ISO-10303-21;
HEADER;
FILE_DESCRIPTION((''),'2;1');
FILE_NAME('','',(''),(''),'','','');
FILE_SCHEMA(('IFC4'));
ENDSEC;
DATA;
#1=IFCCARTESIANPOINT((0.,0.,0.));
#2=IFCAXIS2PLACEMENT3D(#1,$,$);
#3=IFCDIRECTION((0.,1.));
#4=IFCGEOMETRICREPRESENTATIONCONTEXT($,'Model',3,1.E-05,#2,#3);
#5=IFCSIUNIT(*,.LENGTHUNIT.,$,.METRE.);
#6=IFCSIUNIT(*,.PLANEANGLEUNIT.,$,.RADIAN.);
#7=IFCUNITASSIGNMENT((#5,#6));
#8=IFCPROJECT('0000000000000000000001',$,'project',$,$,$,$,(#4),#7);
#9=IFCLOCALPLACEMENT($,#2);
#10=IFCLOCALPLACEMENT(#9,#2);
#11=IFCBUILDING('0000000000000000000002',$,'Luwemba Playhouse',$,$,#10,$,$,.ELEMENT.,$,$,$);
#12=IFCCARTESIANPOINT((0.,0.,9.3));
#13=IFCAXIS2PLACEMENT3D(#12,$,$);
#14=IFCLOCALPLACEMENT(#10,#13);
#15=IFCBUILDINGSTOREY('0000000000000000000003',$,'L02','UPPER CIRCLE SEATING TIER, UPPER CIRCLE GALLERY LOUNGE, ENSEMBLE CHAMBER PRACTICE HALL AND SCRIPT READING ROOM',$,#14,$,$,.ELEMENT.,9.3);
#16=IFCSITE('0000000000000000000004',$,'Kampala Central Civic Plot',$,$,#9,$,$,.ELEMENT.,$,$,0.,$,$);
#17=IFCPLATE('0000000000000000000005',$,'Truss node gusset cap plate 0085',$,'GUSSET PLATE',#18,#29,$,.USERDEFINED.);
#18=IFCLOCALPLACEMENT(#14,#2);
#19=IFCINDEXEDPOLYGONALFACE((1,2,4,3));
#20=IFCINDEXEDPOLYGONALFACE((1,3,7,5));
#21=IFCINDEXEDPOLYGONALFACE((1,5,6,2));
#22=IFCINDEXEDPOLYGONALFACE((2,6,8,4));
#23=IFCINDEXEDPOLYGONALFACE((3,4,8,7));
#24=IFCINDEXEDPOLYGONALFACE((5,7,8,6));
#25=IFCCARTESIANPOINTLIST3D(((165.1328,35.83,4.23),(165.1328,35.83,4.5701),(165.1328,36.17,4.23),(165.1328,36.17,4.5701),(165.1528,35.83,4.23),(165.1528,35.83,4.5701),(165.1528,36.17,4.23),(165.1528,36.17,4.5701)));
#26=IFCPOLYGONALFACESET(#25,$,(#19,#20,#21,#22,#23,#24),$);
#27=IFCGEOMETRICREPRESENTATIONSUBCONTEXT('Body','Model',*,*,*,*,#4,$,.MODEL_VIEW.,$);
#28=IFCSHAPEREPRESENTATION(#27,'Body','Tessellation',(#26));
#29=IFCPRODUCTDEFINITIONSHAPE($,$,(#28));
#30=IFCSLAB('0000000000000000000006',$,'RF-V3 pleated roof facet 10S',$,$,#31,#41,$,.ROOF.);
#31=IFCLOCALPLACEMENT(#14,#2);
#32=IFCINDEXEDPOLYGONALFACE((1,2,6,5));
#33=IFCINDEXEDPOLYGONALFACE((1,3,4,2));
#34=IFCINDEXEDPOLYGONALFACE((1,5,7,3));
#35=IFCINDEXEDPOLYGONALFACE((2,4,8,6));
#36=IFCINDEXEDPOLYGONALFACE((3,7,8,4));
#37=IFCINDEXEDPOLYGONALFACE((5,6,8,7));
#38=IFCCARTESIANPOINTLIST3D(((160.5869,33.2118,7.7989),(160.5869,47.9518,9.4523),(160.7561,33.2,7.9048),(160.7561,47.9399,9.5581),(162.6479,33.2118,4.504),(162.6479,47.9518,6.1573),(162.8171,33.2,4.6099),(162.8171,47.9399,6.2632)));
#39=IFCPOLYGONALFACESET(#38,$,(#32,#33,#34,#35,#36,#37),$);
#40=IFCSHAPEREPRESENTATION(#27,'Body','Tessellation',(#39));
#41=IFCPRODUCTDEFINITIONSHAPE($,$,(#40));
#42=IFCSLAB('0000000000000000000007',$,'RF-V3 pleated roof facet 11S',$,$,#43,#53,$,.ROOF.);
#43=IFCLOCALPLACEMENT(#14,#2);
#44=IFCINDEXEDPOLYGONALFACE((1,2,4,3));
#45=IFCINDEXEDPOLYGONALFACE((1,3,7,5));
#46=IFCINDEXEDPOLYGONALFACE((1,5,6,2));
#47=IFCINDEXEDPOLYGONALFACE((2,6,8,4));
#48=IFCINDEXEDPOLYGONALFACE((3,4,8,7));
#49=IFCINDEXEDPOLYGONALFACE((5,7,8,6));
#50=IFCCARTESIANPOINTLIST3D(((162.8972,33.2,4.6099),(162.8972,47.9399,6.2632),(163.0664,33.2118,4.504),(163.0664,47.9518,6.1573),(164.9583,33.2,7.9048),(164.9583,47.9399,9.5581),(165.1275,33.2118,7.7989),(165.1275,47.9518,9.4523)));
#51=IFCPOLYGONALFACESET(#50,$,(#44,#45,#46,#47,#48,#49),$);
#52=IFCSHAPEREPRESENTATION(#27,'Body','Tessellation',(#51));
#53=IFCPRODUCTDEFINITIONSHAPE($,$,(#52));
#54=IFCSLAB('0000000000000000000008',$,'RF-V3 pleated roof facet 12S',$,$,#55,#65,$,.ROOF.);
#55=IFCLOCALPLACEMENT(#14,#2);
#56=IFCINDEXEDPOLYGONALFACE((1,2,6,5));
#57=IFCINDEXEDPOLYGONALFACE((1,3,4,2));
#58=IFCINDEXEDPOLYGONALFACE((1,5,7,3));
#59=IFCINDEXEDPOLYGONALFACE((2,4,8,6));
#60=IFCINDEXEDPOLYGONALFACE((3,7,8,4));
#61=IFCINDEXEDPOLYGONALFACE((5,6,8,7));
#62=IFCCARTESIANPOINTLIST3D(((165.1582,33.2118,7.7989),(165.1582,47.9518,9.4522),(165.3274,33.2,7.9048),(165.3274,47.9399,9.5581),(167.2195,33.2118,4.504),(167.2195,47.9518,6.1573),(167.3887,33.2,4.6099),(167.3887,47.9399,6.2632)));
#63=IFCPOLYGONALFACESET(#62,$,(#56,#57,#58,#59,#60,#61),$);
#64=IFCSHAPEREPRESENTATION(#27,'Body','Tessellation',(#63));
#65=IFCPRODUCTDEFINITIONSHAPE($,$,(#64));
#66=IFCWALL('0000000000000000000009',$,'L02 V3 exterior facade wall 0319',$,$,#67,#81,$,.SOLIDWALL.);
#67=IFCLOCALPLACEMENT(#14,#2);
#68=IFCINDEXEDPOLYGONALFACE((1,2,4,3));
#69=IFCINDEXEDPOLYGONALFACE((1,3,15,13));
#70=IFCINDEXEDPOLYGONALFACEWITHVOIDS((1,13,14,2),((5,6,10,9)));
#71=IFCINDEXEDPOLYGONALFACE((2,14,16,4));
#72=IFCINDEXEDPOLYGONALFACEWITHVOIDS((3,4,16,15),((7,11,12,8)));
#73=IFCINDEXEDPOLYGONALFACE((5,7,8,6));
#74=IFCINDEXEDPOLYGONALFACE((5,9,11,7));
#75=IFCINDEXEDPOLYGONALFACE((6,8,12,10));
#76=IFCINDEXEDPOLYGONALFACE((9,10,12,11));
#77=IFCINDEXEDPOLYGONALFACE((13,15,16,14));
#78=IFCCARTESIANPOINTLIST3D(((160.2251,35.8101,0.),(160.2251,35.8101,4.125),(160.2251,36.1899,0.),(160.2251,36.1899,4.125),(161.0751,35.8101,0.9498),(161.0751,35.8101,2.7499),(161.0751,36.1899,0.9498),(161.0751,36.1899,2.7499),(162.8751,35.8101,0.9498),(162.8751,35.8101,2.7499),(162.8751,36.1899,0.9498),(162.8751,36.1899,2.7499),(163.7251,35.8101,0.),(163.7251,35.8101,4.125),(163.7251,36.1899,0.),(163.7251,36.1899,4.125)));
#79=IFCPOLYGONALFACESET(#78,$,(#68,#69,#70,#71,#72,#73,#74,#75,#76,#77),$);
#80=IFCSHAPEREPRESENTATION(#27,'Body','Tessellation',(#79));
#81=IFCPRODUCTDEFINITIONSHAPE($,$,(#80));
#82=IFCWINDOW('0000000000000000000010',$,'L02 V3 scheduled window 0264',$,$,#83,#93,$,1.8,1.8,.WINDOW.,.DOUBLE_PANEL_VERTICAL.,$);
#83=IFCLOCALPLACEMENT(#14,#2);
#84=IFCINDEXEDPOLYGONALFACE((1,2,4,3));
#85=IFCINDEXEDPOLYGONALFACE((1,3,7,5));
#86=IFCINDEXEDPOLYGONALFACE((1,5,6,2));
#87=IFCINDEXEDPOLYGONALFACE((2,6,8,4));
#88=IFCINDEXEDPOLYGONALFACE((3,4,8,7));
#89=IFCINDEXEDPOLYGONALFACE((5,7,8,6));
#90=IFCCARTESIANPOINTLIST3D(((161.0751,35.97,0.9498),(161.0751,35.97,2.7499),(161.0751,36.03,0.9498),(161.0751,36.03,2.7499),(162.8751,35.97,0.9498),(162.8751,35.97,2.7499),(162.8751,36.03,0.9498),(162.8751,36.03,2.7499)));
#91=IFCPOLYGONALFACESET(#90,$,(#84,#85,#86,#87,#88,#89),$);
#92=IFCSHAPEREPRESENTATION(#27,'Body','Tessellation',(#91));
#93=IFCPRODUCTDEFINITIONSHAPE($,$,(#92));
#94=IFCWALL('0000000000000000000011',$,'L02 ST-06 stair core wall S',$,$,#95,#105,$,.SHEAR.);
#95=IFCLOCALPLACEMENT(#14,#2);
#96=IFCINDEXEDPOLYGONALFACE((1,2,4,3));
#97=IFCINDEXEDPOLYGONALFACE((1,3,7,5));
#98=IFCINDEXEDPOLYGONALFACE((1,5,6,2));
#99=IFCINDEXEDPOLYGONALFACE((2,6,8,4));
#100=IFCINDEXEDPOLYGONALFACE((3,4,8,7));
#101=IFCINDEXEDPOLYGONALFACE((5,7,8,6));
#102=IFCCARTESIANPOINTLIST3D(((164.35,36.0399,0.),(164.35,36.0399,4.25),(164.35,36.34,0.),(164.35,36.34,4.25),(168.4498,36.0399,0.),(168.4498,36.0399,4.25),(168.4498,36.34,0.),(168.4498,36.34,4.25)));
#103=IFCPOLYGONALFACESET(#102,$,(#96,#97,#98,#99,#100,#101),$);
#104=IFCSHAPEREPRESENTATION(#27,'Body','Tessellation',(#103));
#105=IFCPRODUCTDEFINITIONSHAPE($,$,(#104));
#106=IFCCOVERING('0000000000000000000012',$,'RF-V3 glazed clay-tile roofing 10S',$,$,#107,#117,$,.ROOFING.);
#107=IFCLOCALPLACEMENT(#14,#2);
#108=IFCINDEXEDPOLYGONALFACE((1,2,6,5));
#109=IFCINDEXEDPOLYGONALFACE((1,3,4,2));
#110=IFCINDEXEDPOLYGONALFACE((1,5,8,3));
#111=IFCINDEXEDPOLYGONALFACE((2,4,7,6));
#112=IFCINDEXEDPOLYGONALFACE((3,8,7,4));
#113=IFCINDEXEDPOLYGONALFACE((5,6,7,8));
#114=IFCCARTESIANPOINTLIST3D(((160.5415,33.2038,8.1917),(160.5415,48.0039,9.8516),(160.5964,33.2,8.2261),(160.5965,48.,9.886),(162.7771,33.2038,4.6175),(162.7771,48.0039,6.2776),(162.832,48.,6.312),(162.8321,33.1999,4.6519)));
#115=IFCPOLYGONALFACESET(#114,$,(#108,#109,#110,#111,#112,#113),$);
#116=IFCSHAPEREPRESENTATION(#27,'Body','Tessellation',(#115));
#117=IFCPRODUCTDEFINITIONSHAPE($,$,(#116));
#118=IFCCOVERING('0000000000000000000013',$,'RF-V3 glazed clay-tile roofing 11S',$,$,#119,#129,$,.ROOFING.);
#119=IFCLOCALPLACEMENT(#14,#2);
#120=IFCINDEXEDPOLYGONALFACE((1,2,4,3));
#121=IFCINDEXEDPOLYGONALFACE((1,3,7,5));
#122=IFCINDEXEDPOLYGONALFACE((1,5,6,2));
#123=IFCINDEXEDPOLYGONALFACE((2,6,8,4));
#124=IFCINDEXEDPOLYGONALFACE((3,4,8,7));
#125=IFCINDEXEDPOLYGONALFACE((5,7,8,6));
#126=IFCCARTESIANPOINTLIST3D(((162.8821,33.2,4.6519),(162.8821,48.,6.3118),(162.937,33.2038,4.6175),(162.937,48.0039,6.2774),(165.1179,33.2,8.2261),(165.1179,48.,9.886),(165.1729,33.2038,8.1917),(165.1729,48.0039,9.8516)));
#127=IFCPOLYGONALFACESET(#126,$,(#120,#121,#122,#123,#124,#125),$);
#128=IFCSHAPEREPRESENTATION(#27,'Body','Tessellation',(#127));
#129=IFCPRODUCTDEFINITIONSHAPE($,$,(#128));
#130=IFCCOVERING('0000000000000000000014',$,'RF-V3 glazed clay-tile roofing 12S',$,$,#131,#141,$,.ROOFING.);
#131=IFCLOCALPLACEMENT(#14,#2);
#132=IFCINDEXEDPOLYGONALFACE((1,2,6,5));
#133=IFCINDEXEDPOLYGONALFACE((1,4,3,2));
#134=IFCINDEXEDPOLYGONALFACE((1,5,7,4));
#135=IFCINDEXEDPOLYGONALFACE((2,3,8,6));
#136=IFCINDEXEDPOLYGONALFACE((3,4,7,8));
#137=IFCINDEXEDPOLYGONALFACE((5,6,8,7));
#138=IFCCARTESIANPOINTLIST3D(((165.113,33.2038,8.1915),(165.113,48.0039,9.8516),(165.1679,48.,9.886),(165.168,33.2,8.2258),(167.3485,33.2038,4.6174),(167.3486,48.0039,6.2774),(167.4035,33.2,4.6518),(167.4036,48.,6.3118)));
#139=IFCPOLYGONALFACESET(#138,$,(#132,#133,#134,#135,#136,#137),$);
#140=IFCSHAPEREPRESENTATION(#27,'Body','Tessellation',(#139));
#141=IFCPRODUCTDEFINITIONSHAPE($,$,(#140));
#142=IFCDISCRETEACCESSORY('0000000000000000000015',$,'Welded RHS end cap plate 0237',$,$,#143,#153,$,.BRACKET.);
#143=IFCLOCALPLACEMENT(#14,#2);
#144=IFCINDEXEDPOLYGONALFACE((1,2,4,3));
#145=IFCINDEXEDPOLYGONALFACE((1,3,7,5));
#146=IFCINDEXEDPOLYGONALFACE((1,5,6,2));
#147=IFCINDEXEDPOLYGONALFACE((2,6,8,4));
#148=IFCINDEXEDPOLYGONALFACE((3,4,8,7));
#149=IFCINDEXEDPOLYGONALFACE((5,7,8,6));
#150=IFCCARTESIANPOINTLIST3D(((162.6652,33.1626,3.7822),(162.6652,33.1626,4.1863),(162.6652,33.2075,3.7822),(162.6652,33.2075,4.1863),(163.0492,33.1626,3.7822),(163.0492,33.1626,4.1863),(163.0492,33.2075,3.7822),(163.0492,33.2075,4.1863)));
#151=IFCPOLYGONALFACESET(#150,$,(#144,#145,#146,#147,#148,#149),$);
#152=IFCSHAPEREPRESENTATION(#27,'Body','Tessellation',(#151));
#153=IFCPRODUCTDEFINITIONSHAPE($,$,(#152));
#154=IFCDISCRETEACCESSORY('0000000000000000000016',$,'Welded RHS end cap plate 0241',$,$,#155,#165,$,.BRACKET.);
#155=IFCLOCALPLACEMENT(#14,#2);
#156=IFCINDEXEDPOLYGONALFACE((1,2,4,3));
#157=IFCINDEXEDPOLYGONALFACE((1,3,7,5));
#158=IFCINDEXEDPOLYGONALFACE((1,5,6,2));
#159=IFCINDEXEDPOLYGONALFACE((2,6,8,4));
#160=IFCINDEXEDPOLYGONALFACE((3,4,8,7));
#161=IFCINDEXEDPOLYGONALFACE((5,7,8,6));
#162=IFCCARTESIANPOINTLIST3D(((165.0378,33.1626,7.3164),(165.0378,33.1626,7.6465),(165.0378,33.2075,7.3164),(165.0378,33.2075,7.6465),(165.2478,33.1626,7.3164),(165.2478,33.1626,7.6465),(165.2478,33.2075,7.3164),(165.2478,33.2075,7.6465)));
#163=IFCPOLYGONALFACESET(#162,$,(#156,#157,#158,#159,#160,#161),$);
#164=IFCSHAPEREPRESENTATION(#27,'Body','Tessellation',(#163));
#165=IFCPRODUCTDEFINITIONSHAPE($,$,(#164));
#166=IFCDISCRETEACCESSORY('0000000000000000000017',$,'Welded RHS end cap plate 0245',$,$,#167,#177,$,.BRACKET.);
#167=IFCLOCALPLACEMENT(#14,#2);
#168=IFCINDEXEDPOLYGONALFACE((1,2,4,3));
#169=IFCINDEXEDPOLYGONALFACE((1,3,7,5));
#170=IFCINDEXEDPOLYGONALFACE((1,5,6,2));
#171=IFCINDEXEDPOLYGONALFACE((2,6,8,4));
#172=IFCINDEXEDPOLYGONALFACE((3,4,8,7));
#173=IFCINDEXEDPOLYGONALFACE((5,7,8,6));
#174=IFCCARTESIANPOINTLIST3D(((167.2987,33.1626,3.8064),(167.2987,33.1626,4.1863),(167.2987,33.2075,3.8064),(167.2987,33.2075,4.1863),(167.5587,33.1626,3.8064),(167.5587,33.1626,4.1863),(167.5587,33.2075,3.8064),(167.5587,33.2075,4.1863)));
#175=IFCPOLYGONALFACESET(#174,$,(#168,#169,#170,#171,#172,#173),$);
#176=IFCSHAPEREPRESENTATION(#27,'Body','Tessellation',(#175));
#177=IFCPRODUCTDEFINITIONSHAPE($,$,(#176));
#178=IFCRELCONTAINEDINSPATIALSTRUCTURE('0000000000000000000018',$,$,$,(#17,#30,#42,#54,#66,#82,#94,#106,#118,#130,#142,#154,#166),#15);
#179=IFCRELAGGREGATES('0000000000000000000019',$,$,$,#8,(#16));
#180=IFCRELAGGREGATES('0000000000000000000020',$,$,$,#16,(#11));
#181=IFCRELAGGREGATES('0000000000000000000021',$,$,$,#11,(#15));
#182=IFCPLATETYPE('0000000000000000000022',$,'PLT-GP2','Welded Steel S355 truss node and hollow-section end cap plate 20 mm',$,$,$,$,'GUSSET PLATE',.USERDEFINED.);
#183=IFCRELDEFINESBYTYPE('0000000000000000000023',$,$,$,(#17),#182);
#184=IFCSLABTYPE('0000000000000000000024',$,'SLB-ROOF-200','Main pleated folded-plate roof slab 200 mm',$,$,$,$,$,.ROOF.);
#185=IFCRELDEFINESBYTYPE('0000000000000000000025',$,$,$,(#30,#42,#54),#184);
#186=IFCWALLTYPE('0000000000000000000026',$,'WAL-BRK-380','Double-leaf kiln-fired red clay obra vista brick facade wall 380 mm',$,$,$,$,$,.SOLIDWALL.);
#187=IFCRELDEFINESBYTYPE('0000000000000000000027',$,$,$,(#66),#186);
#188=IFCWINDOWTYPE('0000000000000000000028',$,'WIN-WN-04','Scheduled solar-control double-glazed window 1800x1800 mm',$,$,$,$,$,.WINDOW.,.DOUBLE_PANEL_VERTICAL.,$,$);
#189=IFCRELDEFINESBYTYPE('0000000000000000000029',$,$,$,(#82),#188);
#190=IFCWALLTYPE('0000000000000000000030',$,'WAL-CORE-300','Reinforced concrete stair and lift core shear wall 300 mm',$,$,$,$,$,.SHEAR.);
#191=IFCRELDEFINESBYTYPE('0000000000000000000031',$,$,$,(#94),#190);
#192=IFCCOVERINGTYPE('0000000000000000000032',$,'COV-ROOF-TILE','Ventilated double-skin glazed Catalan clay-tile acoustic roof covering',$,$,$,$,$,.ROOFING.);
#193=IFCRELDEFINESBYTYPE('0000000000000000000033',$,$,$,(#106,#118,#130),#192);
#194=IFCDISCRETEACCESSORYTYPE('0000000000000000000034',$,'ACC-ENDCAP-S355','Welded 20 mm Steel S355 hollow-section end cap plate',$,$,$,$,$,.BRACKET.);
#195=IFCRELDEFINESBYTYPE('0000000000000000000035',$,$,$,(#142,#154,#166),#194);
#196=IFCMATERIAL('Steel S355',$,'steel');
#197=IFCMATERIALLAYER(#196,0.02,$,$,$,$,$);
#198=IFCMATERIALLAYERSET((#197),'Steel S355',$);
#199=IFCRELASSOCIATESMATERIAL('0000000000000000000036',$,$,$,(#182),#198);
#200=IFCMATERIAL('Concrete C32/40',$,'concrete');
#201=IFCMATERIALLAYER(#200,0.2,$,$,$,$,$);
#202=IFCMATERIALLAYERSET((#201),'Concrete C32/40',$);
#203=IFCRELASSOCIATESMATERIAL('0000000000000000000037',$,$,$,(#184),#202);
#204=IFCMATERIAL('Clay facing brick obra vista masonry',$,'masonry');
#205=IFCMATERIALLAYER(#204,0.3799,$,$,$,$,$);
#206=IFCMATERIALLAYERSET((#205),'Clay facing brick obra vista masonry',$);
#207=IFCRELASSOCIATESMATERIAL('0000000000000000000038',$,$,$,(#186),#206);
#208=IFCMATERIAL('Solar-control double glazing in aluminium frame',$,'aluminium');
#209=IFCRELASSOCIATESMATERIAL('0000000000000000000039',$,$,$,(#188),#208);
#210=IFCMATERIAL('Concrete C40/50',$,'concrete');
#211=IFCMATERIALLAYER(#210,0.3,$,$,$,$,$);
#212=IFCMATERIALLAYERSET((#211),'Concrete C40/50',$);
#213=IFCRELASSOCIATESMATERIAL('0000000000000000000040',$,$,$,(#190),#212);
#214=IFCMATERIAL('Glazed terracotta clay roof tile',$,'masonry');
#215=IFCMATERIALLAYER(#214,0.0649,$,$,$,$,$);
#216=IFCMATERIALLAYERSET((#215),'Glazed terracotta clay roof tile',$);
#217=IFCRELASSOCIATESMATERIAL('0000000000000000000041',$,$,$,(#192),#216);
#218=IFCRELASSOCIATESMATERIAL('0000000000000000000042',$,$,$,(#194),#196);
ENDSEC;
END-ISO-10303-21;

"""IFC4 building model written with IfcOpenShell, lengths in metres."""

from ifc_helpers import new_model, si_unit, direction, frame, frame_2d, origin, origin_2d, place, context, subcontext, project, spatial, polyline, rectangle, outline, extrude, material, layer, layer_set, type_object, element, fill, save


model = new_model("IFC4")

# Units and contexts
model_context = context("Model", 3, precision=1e-05, world=origin(), true_north=direction((0.0, 1.0)))
body_context = subcontext(model_context, "Body", "Model", "MODEL_VIEW")
ifc_project = project(units=[si_unit("LENGTHUNIT", "METRE"), si_unit("PLANEANGLEUNIT", "RADIAN")], contexts=[model_context])

# Site, building, storey
site_placement = place(None, origin())
site = spatial("IfcSite", under=ifc_project, at=site_placement, Name="Kampala Central Civic Plot", CompositionType="ELEMENT", RefElevation=0.0)
building_placement = place(site_placement, origin())
building = spatial("IfcBuilding", under=site, at=building_placement, Name="Luwemba Playhouse", CompositionType="ELEMENT")
storey_placement = place(building_placement, frame((0.0, 0.0, 9.3)))
storey = spatial("IfcBuildingStorey", under=building, at=storey_placement, Name="L02", Description="UPPER CIRCLE SEATING TIER, UPPER CIRCLE GALLERY LOUNGE, ENSEMBLE CHAMBER PRACTICE HALL AND SCRIPT READING ROOM", CompositionType="ELEMENT", Elevation=9.3)

# Shared definitions
ifc_material_1 = material(Name="Concrete C40/50", Category="concrete")

# Shared definitions
ifc_material_2 = material(Name="Steel S355", Category="steel")

# Plate
ifc_layer_1 = layer(ifc_material_2, 0.02)
ifc_layer_set_1 = layer_set([ifc_layer_1], Name="Steel S355")
plate_type = type_object("IfcPlateType", Name="PLT-GP2", Description="Welded Steel S355 truss node and hollow-section end cap plate 20 mm", ElementType="GUSSET PLATE", PredefinedType="USERDEFINED", material=ifc_layer_set_1)
plate_placement = place(storey_placement, frame((165.1428, 36.0, 4.23), z_axis=(0.0, 0.0, 1.0), x_axis=(1.0, 0.0, 0.0)))
element("IfcPlate", 1, at=plate_placement, inside=storey, type_object=plate_type, Name="Truss node gusset cap plate 0085", ObjectType="GUSSET PLATE", PredefinedType="USERDEFINED", context=body_context, shape_type="SweptSolid", body=[
    extrude(rectangle(XDim=0.02, YDim=0.3401, at=origin_2d()), origin(), (0.0, 0.0, 1.0), 0.3401),
])

# Slabs
ifc_material_3 = material(Name="Concrete C32/40", Category="concrete")
ifc_layer_2 = layer(ifc_material_3, 0.2)
ifc_layer_set_2 = layer_set([ifc_layer_2], Name="Concrete C32/40")
slab_type = type_object("IfcSlabType", Name="SLB-ROOF-200", Description="Main pleated folded-plate roof slab 200 mm", PredefinedType="ROOF", material=ifc_layer_set_2)
slab_1_placement = place(storey_placement, frame((160.7561, 33.2, 7.9048), z_axis=(0.846305, -0.059378, 0.529379), x_axis=(0.530315, 0.0, -0.847801)))
element("IfcSlab", 2, at=slab_1_placement, inside=storey, type_object=slab_type, Name="RF-V3 pleated roof facet 10S", PredefinedType="ROOF", context=body_context, shape_type="SweptSolid", body=[
    extrude(outline(polyline([(0.0, 0.0), (3.8864, 0.0), (2.4847, 14.766), (-1.4017, 14.766), (0.0, 0.0)])), origin(), (0.0, 0.0, -1.0), 0.2),
])
slab_2_placement = place(storey_placement, frame((162.8972, 33.2, 4.6099), z_axis=(-0.846305, -0.059378, 0.529379), x_axis=(0.530315, 0.0, 0.847801)))
element("IfcSlab", 3, at=slab_2_placement, inside=storey, type_object=slab_type, Name="RF-V3 pleated roof facet 11S", PredefinedType="ROOF", context=body_context, shape_type="SweptSolid", body=[
    extrude(outline(polyline([(0.0, 0.0), (3.8864, 0.0), (5.2881, 14.766), (1.4017, 14.766), (0.0, 0.0)])), origin(), (0.0, 0.0, -1.0), 0.2),
])
slab_3_placement = place(storey_placement, frame((165.3274, 33.2, 7.9048), z_axis=(0.846276, -0.059383, 0.529424), x_axis=(0.53036, 0.0, -0.847772)))
element("IfcSlab", 4, at=slab_3_placement, inside=storey, type_object=slab_type, Name="RF-V3 pleated roof facet 12S", PredefinedType="ROOF", context=body_context, shape_type="SweptSolid", body=[
    extrude(outline(polyline([(0.0, 0.0), (3.8866, 0.0), (2.4849, 14.766), (-1.4016, 14.766), (0.0, 0.0)])), origin(), (0.0, 0.0, -1.0), 0.2),
])

# Wall, opening, window
ifc_material_4 = material(Name="Clay facing brick obra vista masonry", Category="masonry")
ifc_layer_3 = layer(ifc_material_4, 0.3799)
ifc_layer_set_3 = layer_set([ifc_layer_3], Name="Clay facing brick obra vista masonry")
wall_type_1 = type_object("IfcWallType", Name="WAL-BRK-380", Description="Double-leaf kiln-fired red clay obra vista brick facade wall 380 mm", PredefinedType="SOLIDWALL", material=ifc_layer_set_3)
wall_1_placement = place(storey_placement, frame((163.7251, 36.0, 0.0), z_axis=(0.0, 0.0, 1.0), x_axis=(-1.0, 0.0, 0.0)))
wall_1 = element("IfcWall", 5, at=wall_1_placement, inside=storey, type_object=wall_type_1, Name="L02 V3 exterior facade wall 0319", PredefinedType="SOLIDWALL", context=body_context, shape_type="SweptSolid", body=[
    extrude(rectangle(XDim=3.5, YDim=0.3799, at=frame_2d((1.75, 0.0))), origin(), (0.0, 0.0, 1.0), 4.125),
])
opening_1_placement = place(wall_1_placement, frame((0.8501, 0.0, 0.95)))
opening_1 = element("IfcOpeningElement", 6, at=opening_1_placement, cuts=wall_1, PredefinedType="OPENING", context=body_context, shape_type="SweptSolid", body=[
    extrude(rectangle(XDim=1.8, YDim=1.8, at=frame_2d((0.8999, 0.8999))), frame((0.0, 0.2, 0.0), z_axis=(0.0, -1.0, 0.0), x_axis=(1.0, 0.0, 0.0)), (0.0, 0.0, 1.0), 0.3999),
])
ifc_material_5 = material(Name="Solar-control double glazing in aluminium frame", Category="aluminium")
window_type = type_object("IfcWindowType", Name="WIN-WN-04", Description="Scheduled solar-control double-glazed window 1800x1800 mm", PartitioningType="DOUBLE_PANEL_VERTICAL", PredefinedType="WINDOW", material=ifc_material_5)
window_placement = place(opening_1_placement, origin())
window = element("IfcWindow", 7, at=window_placement, inside=storey, type_object=window_type, Name="L02 V3 scheduled window 0264", OverallHeight=1.8, OverallWidth=1.8, PartitioningType="DOUBLE_PANEL_VERTICAL", PredefinedType="WINDOW", context=body_context, shape_type="SweptSolid", body=[
    extrude(rectangle(XDim=1.8, YDim=1.8, at=frame_2d((0.8999, 0.8999))), frame((0.0, 0.03, 0.0), z_axis=(0.0, -1.0, 0.0), x_axis=(1.0, 0.0, 0.0)), (0.0, 0.0, 1.0), 0.0601),
])
fill(opening_1, window)

# Wall
ifc_layer_4 = layer(ifc_material_1, 0.3)
ifc_layer_set_4 = layer_set([ifc_layer_4], Name="Concrete C40/50")
wall_type_2 = type_object("IfcWallType", Name="WAL-CORE-300", Description="Reinforced concrete stair and lift core shear wall 300 mm", PredefinedType="SHEAR", material=ifc_layer_set_4)
wall_2_placement = place(storey_placement, frame((164.3501, 36.1899, 0.0), z_axis=(0.0, 0.0, 1.0), x_axis=(1.0, 0.0, 0.0)))
element("IfcWall", 8, at=wall_2_placement, inside=storey, type_object=wall_type_2, Name="L02 ST-06 stair core wall S", PredefinedType="SHEAR", context=body_context, shape_type="SweptSolid", body=[
    extrude(rectangle(XDim=4.0999, YDim=0.3, at=frame_2d((2.0498, 0.0))), origin(), (0.0, 0.0, 1.0), 4.25),
])

# Coverings
ifc_material_6 = material(Name="Glazed terracotta clay roof tile", Category="masonry")
ifc_layer_5 = layer(ifc_material_6, 0.0649)
ifc_layer_set_5 = layer_set([ifc_layer_5], Name="Glazed terracotta clay roof tile")
covering_type = type_object("IfcCoveringType", Name="COV-ROOF-TILE", Description="Ventilated double-skin glazed Catalan clay-tile acoustic roof covering", PredefinedType="ROOFING", material=ifc_layer_set_5)
covering_1_placement = place(storey_placement, frame((160.5964, 33.2, 8.2261), z_axis=(0.846312, -0.059376, 0.529368), x_axis=(0.530303, -0.000001, -0.847808)))
element("IfcCovering", 9, at=covering_1_placement, inside=storey, type_object=covering_type, Name="RF-V3 glazed clay-tile roofing 10S", PredefinedType="ROOFING", context=body_context, shape_type="SweptSolid", body=[
    extrude(outline(polyline([(0.0, 0.0), (4.2158, 0.0), (2.8083, 14.8262), (-1.4073, 14.8262), (0.0, 0.0)])), origin(), (0.0, 0.0, -1.0), 0.0649),
])
covering_2_placement = place(storey_placement, frame((162.8821, 33.2, 4.6519), z_axis=(-0.846294, -0.059375, 0.529396), x_axis=(0.530332, 0.0, 0.84779)))
element("IfcCovering", 10, at=covering_2_placement, inside=storey, type_object=covering_type, Name="RF-V3 glazed clay-tile roofing 11S", PredefinedType="ROOFING", context=body_context, shape_type="SweptSolid", body=[
    extrude(outline(polyline([(0.0, 0.0), (4.2159, 0.0), (5.6232, 14.8262), (1.4073, 14.8262), (0.0, 0.0)])), origin(), (0.0, 0.0, -1.0), 0.0649),
])
covering_3_placement = place(storey_placement, frame((165.168, 33.2, 8.2258), z_axis=(0.846312, -0.059376, 0.529368), x_axis=(0.530303, 0.000001, -0.847808)))
element("IfcCovering", 11, at=covering_3_placement, inside=storey, type_object=covering_type, Name="RF-V3 glazed clay-tile roofing 12S", PredefinedType="ROOFING", context=body_context, shape_type="SweptSolid", body=[
    extrude(outline(polyline([(0.0, 0.0), (4.2156, 0.0), (2.8083, 14.8262), (-1.4075, 14.8262), (0.0, 0.0)])), origin(), (0.0, 0.0, -1.0), 0.0649),
])

# Discrete accessories
discrete_accessory_type = type_object("IfcDiscreteAccessoryType", Name="ACC-ENDCAP-S355", Description="Welded 20 mm Steel S355 hollow-section end cap plate", PredefinedType="BRACKET", material=ifc_material_2)
discrete_accessory_1_placement = place(storey_placement, frame((162.8572, 33.1851, 3.7822), z_axis=(0.0, 0.0, 1.0), x_axis=(1.0, 0.0, 0.0)))
element("IfcDiscreteAccessory", 12, at=discrete_accessory_1_placement, inside=storey, type_object=discrete_accessory_type, Name="Welded RHS end cap plate 0237", PredefinedType="BRACKET", context=body_context, shape_type="SweptSolid", body=[
    extrude(rectangle(XDim=0.384, YDim=0.0449, at=origin_2d()), origin(), (0.0, 0.0, 1.0), 0.4041),
])
discrete_accessory_2_placement = place(storey_placement, frame((165.1428, 33.1851, 7.3164), z_axis=(0.0, 0.0, 1.0), x_axis=(1.0, 0.0, 0.0)))
element("IfcDiscreteAccessory", 13, at=discrete_accessory_2_placement, inside=storey, type_object=discrete_accessory_type, Name="Welded RHS end cap plate 0241", PredefinedType="BRACKET", context=body_context, shape_type="SweptSolid", body=[
    extrude(rectangle(XDim=0.21, YDim=0.0449, at=origin_2d()), origin(), (0.0, 0.0, 1.0), 0.3301),
])
discrete_accessory_3_placement = place(storey_placement, frame((167.4287, 33.1851, 3.8064), z_axis=(0.0, 0.0, 1.0), x_axis=(1.0, 0.0, 0.0)))
element("IfcDiscreteAccessory", 14, at=discrete_accessory_3_placement, inside=storey, type_object=discrete_accessory_type, Name="Welded RHS end cap plate 0245", PredefinedType="BRACKET", context=body_context, shape_type="SweptSolid", body=[
    extrude(rectangle(XDim=0.26, YDim=0.0449, at=origin_2d()), origin(), (0.0, 0.0, 1.0), 0.3799),
])

save(model, "model.ifc")
